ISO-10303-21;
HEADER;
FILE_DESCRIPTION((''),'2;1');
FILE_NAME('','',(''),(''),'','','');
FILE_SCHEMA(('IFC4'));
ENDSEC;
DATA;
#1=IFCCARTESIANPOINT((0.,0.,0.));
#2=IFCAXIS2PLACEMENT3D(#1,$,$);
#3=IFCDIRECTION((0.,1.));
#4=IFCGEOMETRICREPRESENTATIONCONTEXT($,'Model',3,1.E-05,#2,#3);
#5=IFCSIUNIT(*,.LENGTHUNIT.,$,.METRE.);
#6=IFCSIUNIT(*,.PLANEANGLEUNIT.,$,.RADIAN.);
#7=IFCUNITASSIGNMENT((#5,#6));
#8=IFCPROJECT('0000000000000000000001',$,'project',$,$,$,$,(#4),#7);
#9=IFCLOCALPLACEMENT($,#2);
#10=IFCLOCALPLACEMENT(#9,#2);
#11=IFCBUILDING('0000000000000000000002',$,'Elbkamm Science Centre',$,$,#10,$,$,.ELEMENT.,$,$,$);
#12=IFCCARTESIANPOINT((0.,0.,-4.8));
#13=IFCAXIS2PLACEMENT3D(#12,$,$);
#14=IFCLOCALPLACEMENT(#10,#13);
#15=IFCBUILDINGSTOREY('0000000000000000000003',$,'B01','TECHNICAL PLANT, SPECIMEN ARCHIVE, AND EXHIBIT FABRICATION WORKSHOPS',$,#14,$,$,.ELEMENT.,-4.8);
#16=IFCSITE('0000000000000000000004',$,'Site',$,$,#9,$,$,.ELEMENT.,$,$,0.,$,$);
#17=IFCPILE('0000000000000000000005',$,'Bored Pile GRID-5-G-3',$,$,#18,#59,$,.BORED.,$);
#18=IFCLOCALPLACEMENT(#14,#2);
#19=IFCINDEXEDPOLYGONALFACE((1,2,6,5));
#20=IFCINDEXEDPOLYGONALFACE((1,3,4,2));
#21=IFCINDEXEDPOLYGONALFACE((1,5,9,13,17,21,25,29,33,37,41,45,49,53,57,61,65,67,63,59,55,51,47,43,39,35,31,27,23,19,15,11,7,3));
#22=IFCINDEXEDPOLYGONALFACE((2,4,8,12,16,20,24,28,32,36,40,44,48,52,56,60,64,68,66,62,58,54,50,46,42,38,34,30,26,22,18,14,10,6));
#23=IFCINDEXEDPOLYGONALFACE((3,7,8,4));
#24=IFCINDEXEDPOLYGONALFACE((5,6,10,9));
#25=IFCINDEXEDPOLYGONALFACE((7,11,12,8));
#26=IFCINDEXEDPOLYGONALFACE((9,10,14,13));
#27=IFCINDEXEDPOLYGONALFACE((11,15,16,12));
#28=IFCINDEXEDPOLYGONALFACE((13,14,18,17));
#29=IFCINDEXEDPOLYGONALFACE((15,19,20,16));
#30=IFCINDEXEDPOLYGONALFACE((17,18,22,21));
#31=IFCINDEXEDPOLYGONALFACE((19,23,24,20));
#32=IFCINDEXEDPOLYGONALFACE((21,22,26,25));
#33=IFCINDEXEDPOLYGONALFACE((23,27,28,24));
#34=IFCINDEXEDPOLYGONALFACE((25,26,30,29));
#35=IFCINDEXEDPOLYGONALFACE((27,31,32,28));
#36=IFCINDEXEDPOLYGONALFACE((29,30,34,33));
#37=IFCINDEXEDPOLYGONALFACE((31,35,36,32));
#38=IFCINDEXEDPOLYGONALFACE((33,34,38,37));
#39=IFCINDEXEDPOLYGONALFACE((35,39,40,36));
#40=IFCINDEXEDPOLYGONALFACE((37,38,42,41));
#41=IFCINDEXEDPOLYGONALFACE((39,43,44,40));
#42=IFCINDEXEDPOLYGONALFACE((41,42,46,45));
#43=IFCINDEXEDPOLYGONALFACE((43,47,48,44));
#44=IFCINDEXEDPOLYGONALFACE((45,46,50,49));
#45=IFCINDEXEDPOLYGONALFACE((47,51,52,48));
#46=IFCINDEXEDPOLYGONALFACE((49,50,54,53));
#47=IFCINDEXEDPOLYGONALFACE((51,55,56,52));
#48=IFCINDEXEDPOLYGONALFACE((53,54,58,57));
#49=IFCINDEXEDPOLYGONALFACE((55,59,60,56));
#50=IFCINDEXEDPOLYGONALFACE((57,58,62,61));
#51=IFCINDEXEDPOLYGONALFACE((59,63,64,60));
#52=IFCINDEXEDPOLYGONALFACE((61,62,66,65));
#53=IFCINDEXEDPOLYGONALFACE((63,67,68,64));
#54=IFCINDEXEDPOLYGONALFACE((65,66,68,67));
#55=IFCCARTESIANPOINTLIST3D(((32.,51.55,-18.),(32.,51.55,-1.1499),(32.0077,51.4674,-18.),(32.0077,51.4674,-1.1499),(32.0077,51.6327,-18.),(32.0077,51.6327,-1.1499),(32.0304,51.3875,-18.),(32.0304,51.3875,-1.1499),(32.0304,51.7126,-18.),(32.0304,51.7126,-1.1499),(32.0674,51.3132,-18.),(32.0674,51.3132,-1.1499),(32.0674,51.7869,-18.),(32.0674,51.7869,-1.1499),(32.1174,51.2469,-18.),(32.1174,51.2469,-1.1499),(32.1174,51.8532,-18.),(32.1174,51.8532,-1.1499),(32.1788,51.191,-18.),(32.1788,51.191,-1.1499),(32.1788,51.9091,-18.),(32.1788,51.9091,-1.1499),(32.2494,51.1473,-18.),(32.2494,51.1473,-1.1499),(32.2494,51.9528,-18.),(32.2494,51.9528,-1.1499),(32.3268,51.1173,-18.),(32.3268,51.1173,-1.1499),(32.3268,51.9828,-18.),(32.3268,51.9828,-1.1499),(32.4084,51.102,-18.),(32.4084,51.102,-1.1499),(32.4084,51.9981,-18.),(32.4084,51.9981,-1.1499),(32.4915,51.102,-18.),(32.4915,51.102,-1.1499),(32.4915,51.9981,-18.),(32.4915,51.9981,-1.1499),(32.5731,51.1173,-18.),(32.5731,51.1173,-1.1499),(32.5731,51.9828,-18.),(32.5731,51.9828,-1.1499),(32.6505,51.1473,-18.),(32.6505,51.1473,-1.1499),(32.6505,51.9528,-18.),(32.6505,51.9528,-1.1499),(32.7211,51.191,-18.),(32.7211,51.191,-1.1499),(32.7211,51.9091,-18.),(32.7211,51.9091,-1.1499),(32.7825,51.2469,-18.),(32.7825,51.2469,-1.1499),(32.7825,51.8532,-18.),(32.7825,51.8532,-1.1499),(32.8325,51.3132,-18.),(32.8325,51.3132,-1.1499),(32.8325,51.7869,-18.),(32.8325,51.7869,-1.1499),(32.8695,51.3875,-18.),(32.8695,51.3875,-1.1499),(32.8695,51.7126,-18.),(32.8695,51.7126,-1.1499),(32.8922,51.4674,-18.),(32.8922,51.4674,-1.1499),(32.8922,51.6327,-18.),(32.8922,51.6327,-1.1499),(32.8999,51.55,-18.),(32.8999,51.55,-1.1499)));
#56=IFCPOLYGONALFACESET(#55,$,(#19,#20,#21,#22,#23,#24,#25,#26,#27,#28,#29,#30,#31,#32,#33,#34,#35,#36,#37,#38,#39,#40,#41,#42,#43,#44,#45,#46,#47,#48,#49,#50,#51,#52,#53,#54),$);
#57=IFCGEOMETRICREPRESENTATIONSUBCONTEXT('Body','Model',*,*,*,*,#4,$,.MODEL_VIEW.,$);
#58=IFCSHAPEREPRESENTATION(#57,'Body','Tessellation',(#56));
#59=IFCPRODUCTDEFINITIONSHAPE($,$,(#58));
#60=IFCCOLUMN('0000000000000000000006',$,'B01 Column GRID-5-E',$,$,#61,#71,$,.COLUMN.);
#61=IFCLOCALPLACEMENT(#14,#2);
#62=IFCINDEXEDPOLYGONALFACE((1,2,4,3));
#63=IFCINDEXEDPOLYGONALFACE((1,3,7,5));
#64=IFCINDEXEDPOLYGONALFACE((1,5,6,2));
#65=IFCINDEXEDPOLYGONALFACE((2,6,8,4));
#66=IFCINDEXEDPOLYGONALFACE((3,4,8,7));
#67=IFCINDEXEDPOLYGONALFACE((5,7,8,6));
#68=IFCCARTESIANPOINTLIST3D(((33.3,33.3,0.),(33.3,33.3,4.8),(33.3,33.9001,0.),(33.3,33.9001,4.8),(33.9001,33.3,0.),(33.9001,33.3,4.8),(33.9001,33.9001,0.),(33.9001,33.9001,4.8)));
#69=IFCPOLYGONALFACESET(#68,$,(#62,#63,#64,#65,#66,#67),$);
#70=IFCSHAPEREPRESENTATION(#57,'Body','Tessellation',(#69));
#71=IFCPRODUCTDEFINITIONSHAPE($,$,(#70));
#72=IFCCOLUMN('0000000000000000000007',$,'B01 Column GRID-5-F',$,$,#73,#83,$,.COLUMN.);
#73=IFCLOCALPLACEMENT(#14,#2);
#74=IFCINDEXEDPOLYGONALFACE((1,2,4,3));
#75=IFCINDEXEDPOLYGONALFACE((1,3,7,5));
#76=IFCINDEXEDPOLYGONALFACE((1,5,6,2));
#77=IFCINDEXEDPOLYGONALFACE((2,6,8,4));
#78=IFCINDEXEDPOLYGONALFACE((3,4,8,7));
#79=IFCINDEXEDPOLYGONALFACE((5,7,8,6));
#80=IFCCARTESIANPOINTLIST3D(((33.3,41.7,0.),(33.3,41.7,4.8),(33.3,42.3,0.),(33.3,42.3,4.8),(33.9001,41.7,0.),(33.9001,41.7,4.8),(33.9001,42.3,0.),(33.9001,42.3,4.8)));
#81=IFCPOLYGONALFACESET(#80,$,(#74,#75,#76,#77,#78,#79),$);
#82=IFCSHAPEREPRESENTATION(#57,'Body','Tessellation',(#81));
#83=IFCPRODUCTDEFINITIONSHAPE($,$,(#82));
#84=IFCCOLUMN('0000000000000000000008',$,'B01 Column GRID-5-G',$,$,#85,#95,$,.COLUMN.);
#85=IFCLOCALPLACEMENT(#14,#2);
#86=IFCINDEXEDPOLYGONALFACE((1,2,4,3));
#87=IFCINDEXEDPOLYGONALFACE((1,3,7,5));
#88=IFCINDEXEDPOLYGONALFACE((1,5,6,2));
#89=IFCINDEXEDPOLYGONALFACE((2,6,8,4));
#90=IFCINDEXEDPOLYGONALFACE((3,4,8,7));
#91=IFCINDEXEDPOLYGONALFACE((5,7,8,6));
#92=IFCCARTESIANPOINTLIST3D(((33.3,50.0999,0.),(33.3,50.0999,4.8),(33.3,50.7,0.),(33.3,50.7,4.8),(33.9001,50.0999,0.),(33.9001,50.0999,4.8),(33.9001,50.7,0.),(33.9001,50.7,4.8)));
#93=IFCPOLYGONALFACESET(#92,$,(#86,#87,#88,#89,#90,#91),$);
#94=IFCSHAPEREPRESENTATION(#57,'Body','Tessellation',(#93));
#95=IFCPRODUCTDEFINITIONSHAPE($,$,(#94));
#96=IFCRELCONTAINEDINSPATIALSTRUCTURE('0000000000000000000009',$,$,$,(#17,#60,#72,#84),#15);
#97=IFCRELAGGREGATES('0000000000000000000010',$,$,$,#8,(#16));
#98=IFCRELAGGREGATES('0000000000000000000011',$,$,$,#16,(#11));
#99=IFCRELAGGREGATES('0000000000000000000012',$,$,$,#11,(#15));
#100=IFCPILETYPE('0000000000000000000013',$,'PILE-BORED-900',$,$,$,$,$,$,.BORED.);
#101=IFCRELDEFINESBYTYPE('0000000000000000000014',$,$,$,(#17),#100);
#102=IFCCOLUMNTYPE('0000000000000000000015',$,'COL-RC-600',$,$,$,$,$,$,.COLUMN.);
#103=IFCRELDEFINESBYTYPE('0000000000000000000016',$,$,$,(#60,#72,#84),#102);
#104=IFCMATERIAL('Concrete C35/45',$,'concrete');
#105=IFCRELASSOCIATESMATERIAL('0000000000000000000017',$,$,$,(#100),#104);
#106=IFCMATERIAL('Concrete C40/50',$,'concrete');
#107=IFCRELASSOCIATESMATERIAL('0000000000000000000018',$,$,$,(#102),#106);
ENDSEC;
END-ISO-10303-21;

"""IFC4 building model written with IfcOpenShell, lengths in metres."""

from ifc_helpers import new_model, si_unit, direction, frame, origin, origin_2d, place, context, subcontext, project, spatial, rectangle, circle, extrude, material, material_profile, profile_set, type_object, element, save


model = new_model("IFC4")

# Units and contexts
model_context = context("Model", 3, precision=1e-05, world=origin(), true_north=direction((0.0, 1.0)))
body_context = subcontext(model_context, "Body", "Model", "MODEL_VIEW")
ifc_project = project(units=[si_unit("LENGTHUNIT", "METRE"), si_unit("PLANEANGLEUNIT", "RADIAN")], contexts=[model_context])

# Site, building, storey
site_placement = place(None, origin())
site = spatial("IfcSite", under=ifc_project, at=site_placement, Name="Site", CompositionType="ELEMENT", RefElevation=0.0)
building_placement = place(site_placement, origin())
building = spatial("IfcBuilding", under=site, at=building_placement, Name="Elbkamm Science Centre", CompositionType="ELEMENT")
storey_placement = place(building_placement, frame((0.0, 0.0, -4.8)))
storey = spatial("IfcBuildingStorey", under=building, at=storey_placement, Name="B01", Description="TECHNICAL PLANT, SPECIMEN ARCHIVE, AND EXHIBIT FABRICATION WORKSHOPS", CompositionType="ELEMENT", Elevation=-4.8)

# Shared definitions
ifc_material_1 = material(Name="Concrete C35/45", Category="concrete")

# Pile
ifc_material_profile_1 = material_profile(ifc_material_1, circle(Radius=0.45, at=origin_2d()), Name="PILE D900")
ifc_profile_set_1 = profile_set([ifc_material_profile_1], Name="Concrete C35/45")
pile_type = type_object("IfcPileType", Name="PILE-BORED-900", PredefinedType="BORED", material=ifc_profile_set_1)
for number, where, z_axis, x_axis, name in (
    (1, (32.45, 51.55, -1.1499), (0.0, 0.0, -1.0), (1.0, 0.0, 0.0), "Bored Pile GRID-5-G-3"),
):
    element("IfcPile", number, at=place(storey_placement, frame(where, z_axis=z_axis, x_axis=x_axis)), inside=storey, type_object=pile_type, Name=name, PredefinedType="BORED", context=body_context, shape_type="SweptSolid", body=[
        extrude(circle(Radius=0.45, at=origin_2d()), origin(), (0.0, 0.0, 1.0), 16.8501),
    ])

# Columns
ifc_material_2 = material(Name="Concrete C40/50", Category="concrete")
ifc_material_profile_2 = material_profile(ifc_material_2, rectangle(XDim=0.6001, YDim=0.6001, at=origin_2d()), Name="RC 600x600")
ifc_profile_set_2 = profile_set([ifc_material_profile_2], Name="Concrete C40/50")
column_type = type_object("IfcColumnType", Name="COL-RC-600", PredefinedType="COLUMN", material=ifc_profile_set_2)
for number, where, z_axis, x_axis, name in (
    (2, (33.6001, 33.6001, 0.0), (0.0, 0.0, 1.0), (1.0, 0.0, 0.0), "B01 Column GRID-5-E"),
    (3, (33.6001, 42.0, 0.0), (0.0, 0.0, 1.0), (1.0, 0.0, 0.0), "B01 Column GRID-5-F"),
    (4, (33.6001, 50.3999, 0.0), (0.0, 0.0, 1.0), (1.0, 0.0, 0.0), "B01 Column GRID-5-G"),
):
    element("IfcColumn", number, at=place(storey_placement, frame(where, z_axis=z_axis, x_axis=x_axis)), inside=storey, type_object=column_type, Name=name, PredefinedType="COLUMN", context=body_context, shape_type="SweptSolid", body=[
        extrude(rectangle(XDim=0.6001, YDim=0.6001, at=origin_2d()), origin(), (0.0, 0.0, 1.0), 4.8),
    ])

save(model, "model.ifc")
